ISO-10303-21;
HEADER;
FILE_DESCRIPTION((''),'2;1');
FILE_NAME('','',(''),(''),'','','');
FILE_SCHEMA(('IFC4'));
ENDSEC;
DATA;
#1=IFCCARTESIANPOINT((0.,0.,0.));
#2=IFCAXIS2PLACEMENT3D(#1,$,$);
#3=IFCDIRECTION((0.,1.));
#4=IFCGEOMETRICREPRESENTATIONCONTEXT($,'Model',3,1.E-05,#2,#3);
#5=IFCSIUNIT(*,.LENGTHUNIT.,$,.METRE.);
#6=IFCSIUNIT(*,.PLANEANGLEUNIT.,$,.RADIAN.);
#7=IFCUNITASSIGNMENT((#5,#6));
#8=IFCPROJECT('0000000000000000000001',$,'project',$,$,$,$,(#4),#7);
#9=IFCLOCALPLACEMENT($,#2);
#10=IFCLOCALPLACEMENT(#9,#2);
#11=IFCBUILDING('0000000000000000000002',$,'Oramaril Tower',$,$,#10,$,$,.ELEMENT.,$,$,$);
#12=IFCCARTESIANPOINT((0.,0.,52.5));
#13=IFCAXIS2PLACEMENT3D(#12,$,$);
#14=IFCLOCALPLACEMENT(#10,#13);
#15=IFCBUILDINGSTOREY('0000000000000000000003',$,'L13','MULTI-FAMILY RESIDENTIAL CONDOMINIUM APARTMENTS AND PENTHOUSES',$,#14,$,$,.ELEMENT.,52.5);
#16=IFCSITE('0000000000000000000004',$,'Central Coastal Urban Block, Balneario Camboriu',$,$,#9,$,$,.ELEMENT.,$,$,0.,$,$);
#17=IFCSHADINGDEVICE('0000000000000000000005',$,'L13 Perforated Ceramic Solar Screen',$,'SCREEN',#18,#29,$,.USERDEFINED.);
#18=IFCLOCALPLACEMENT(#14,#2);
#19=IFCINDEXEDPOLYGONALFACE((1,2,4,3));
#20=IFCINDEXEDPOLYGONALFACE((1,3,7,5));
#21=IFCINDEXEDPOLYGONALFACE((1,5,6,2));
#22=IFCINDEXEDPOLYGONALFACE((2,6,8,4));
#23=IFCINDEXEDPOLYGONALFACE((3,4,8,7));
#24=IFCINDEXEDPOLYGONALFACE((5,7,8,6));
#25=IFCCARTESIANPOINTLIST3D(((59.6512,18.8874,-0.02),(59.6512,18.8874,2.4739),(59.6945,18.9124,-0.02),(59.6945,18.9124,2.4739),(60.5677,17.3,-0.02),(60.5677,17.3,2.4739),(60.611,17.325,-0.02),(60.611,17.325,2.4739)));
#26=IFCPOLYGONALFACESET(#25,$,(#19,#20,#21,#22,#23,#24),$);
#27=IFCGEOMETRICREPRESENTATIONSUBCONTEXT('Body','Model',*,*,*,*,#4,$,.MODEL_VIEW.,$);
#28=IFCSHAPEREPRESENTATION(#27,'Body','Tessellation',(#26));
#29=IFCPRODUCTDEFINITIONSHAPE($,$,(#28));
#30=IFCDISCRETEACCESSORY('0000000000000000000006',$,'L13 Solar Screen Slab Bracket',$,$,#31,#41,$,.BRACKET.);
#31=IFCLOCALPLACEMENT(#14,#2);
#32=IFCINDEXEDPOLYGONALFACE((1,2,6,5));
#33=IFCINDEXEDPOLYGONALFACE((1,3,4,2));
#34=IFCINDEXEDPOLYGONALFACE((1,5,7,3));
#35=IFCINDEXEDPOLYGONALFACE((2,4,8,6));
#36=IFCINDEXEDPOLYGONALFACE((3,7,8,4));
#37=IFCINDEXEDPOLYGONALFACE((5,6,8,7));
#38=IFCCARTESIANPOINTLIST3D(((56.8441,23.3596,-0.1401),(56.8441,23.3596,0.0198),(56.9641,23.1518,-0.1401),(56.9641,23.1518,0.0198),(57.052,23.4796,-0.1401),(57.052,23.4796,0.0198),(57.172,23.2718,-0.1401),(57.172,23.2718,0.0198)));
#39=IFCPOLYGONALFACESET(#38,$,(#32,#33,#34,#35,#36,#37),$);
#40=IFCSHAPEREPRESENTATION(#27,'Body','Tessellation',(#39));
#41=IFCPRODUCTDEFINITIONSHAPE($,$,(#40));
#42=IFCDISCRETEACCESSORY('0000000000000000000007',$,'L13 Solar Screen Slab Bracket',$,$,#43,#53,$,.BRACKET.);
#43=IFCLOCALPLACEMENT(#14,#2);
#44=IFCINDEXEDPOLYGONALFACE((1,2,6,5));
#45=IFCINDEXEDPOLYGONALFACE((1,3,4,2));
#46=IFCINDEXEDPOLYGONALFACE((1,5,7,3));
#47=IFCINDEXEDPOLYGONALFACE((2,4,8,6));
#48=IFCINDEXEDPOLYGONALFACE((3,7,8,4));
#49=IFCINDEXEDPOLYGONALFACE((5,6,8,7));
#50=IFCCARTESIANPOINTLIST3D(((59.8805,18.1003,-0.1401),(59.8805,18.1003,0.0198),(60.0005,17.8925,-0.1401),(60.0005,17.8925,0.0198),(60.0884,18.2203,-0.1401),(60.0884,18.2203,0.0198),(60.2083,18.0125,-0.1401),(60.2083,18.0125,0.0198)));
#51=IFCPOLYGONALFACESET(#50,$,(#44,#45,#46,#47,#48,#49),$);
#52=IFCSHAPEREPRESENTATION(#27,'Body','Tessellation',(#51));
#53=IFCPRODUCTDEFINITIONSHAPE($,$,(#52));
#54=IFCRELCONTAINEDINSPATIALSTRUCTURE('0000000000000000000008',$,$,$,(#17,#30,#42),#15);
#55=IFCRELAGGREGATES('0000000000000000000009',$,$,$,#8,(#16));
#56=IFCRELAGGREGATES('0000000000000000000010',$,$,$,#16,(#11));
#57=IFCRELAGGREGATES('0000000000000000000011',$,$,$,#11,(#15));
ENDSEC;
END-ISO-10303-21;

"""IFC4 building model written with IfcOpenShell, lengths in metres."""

from ifc_helpers import new_model, si_unit, direction, frame, origin, origin_2d, place, context, subcontext, project, spatial, rectangle, extrude, element, save


model = new_model("IFC4")

# Units and contexts
model_context = context("Model", 3, precision=1e-05, world=origin(), true_north=direction((0.0, 1.0)))
body_context = subcontext(model_context, "Body", "Model", "MODEL_VIEW")
ifc_project = project(units=[si_unit("LENGTHUNIT", "METRE"), si_unit("PLANEANGLEUNIT", "RADIAN")], contexts=[model_context])

# Site, building, storey
site_placement = place(None, origin())
site = spatial("IfcSite", under=ifc_project, at=site_placement, Name="Central Coastal Urban Block, Balneario Camboriu", CompositionType="ELEMENT", RefElevation=0.0)
building_placement = place(site_placement, origin())
building = spatial("IfcBuilding", under=site, at=building_placement, Name="Oramaril Tower", CompositionType="ELEMENT")
storey_placement = place(building_placement, frame((0.0, 0.0, 52.5)))
storey = spatial("IfcBuildingStorey", under=building, at=storey_placement, Name="L13", Description="MULTI-FAMILY RESIDENTIAL CONDOMINIUM APARTMENTS AND PENTHOUSES", CompositionType="ELEMENT", Elevation=52.5)

# Shading device
for number, where, z_axis, x_axis, name in (
    (1, (60.1311, 18.1062, -0.02), (0.0, 0.0, 1.0), (-0.5, 0.866025, 0.0), "L13 Perforated Ceramic Solar Screen"),
):
    element("IfcShadingDevice", number, at=place(storey_placement, frame(where, z_axis=z_axis, x_axis=x_axis)), inside=storey, Name=name, ObjectType="SCREEN", PredefinedType="USERDEFINED", context=body_context, shape_type="SweptSolid", body=[
        extrude(rectangle(XDim=1.833, YDim=0.05, at=origin_2d()), origin(), (0.0, 0.0, 1.0), 2.4939),
    ])

# Discrete accessories
for number, where, z_axis, x_axis, name in (
    (2, (57.0081, 23.3157, -0.1401), (0.0, 0.0, 1.0), (-0.5, 0.866025, 0.0), "L13 Solar Screen Slab Bracket"),
    (3, (60.0444, 18.0564, -0.1401), (0.0, 0.0, 1.0), (-0.5, 0.866025, 0.0), "L13 Solar Screen Slab Bracket"),
):
    element("IfcDiscreteAccessory", number, at=place(storey_placement, frame(where, z_axis=z_axis, x_axis=x_axis)), inside=storey, Name=name, PredefinedType="BRACKET", context=body_context, shape_type="SweptSolid", body=[
        extrude(rectangle(XDim=0.24, YDim=0.24, at=origin_2d()), origin(), (0.0, 0.0, 1.0), 0.1599),
    ])

save(model, "model.ifc")
